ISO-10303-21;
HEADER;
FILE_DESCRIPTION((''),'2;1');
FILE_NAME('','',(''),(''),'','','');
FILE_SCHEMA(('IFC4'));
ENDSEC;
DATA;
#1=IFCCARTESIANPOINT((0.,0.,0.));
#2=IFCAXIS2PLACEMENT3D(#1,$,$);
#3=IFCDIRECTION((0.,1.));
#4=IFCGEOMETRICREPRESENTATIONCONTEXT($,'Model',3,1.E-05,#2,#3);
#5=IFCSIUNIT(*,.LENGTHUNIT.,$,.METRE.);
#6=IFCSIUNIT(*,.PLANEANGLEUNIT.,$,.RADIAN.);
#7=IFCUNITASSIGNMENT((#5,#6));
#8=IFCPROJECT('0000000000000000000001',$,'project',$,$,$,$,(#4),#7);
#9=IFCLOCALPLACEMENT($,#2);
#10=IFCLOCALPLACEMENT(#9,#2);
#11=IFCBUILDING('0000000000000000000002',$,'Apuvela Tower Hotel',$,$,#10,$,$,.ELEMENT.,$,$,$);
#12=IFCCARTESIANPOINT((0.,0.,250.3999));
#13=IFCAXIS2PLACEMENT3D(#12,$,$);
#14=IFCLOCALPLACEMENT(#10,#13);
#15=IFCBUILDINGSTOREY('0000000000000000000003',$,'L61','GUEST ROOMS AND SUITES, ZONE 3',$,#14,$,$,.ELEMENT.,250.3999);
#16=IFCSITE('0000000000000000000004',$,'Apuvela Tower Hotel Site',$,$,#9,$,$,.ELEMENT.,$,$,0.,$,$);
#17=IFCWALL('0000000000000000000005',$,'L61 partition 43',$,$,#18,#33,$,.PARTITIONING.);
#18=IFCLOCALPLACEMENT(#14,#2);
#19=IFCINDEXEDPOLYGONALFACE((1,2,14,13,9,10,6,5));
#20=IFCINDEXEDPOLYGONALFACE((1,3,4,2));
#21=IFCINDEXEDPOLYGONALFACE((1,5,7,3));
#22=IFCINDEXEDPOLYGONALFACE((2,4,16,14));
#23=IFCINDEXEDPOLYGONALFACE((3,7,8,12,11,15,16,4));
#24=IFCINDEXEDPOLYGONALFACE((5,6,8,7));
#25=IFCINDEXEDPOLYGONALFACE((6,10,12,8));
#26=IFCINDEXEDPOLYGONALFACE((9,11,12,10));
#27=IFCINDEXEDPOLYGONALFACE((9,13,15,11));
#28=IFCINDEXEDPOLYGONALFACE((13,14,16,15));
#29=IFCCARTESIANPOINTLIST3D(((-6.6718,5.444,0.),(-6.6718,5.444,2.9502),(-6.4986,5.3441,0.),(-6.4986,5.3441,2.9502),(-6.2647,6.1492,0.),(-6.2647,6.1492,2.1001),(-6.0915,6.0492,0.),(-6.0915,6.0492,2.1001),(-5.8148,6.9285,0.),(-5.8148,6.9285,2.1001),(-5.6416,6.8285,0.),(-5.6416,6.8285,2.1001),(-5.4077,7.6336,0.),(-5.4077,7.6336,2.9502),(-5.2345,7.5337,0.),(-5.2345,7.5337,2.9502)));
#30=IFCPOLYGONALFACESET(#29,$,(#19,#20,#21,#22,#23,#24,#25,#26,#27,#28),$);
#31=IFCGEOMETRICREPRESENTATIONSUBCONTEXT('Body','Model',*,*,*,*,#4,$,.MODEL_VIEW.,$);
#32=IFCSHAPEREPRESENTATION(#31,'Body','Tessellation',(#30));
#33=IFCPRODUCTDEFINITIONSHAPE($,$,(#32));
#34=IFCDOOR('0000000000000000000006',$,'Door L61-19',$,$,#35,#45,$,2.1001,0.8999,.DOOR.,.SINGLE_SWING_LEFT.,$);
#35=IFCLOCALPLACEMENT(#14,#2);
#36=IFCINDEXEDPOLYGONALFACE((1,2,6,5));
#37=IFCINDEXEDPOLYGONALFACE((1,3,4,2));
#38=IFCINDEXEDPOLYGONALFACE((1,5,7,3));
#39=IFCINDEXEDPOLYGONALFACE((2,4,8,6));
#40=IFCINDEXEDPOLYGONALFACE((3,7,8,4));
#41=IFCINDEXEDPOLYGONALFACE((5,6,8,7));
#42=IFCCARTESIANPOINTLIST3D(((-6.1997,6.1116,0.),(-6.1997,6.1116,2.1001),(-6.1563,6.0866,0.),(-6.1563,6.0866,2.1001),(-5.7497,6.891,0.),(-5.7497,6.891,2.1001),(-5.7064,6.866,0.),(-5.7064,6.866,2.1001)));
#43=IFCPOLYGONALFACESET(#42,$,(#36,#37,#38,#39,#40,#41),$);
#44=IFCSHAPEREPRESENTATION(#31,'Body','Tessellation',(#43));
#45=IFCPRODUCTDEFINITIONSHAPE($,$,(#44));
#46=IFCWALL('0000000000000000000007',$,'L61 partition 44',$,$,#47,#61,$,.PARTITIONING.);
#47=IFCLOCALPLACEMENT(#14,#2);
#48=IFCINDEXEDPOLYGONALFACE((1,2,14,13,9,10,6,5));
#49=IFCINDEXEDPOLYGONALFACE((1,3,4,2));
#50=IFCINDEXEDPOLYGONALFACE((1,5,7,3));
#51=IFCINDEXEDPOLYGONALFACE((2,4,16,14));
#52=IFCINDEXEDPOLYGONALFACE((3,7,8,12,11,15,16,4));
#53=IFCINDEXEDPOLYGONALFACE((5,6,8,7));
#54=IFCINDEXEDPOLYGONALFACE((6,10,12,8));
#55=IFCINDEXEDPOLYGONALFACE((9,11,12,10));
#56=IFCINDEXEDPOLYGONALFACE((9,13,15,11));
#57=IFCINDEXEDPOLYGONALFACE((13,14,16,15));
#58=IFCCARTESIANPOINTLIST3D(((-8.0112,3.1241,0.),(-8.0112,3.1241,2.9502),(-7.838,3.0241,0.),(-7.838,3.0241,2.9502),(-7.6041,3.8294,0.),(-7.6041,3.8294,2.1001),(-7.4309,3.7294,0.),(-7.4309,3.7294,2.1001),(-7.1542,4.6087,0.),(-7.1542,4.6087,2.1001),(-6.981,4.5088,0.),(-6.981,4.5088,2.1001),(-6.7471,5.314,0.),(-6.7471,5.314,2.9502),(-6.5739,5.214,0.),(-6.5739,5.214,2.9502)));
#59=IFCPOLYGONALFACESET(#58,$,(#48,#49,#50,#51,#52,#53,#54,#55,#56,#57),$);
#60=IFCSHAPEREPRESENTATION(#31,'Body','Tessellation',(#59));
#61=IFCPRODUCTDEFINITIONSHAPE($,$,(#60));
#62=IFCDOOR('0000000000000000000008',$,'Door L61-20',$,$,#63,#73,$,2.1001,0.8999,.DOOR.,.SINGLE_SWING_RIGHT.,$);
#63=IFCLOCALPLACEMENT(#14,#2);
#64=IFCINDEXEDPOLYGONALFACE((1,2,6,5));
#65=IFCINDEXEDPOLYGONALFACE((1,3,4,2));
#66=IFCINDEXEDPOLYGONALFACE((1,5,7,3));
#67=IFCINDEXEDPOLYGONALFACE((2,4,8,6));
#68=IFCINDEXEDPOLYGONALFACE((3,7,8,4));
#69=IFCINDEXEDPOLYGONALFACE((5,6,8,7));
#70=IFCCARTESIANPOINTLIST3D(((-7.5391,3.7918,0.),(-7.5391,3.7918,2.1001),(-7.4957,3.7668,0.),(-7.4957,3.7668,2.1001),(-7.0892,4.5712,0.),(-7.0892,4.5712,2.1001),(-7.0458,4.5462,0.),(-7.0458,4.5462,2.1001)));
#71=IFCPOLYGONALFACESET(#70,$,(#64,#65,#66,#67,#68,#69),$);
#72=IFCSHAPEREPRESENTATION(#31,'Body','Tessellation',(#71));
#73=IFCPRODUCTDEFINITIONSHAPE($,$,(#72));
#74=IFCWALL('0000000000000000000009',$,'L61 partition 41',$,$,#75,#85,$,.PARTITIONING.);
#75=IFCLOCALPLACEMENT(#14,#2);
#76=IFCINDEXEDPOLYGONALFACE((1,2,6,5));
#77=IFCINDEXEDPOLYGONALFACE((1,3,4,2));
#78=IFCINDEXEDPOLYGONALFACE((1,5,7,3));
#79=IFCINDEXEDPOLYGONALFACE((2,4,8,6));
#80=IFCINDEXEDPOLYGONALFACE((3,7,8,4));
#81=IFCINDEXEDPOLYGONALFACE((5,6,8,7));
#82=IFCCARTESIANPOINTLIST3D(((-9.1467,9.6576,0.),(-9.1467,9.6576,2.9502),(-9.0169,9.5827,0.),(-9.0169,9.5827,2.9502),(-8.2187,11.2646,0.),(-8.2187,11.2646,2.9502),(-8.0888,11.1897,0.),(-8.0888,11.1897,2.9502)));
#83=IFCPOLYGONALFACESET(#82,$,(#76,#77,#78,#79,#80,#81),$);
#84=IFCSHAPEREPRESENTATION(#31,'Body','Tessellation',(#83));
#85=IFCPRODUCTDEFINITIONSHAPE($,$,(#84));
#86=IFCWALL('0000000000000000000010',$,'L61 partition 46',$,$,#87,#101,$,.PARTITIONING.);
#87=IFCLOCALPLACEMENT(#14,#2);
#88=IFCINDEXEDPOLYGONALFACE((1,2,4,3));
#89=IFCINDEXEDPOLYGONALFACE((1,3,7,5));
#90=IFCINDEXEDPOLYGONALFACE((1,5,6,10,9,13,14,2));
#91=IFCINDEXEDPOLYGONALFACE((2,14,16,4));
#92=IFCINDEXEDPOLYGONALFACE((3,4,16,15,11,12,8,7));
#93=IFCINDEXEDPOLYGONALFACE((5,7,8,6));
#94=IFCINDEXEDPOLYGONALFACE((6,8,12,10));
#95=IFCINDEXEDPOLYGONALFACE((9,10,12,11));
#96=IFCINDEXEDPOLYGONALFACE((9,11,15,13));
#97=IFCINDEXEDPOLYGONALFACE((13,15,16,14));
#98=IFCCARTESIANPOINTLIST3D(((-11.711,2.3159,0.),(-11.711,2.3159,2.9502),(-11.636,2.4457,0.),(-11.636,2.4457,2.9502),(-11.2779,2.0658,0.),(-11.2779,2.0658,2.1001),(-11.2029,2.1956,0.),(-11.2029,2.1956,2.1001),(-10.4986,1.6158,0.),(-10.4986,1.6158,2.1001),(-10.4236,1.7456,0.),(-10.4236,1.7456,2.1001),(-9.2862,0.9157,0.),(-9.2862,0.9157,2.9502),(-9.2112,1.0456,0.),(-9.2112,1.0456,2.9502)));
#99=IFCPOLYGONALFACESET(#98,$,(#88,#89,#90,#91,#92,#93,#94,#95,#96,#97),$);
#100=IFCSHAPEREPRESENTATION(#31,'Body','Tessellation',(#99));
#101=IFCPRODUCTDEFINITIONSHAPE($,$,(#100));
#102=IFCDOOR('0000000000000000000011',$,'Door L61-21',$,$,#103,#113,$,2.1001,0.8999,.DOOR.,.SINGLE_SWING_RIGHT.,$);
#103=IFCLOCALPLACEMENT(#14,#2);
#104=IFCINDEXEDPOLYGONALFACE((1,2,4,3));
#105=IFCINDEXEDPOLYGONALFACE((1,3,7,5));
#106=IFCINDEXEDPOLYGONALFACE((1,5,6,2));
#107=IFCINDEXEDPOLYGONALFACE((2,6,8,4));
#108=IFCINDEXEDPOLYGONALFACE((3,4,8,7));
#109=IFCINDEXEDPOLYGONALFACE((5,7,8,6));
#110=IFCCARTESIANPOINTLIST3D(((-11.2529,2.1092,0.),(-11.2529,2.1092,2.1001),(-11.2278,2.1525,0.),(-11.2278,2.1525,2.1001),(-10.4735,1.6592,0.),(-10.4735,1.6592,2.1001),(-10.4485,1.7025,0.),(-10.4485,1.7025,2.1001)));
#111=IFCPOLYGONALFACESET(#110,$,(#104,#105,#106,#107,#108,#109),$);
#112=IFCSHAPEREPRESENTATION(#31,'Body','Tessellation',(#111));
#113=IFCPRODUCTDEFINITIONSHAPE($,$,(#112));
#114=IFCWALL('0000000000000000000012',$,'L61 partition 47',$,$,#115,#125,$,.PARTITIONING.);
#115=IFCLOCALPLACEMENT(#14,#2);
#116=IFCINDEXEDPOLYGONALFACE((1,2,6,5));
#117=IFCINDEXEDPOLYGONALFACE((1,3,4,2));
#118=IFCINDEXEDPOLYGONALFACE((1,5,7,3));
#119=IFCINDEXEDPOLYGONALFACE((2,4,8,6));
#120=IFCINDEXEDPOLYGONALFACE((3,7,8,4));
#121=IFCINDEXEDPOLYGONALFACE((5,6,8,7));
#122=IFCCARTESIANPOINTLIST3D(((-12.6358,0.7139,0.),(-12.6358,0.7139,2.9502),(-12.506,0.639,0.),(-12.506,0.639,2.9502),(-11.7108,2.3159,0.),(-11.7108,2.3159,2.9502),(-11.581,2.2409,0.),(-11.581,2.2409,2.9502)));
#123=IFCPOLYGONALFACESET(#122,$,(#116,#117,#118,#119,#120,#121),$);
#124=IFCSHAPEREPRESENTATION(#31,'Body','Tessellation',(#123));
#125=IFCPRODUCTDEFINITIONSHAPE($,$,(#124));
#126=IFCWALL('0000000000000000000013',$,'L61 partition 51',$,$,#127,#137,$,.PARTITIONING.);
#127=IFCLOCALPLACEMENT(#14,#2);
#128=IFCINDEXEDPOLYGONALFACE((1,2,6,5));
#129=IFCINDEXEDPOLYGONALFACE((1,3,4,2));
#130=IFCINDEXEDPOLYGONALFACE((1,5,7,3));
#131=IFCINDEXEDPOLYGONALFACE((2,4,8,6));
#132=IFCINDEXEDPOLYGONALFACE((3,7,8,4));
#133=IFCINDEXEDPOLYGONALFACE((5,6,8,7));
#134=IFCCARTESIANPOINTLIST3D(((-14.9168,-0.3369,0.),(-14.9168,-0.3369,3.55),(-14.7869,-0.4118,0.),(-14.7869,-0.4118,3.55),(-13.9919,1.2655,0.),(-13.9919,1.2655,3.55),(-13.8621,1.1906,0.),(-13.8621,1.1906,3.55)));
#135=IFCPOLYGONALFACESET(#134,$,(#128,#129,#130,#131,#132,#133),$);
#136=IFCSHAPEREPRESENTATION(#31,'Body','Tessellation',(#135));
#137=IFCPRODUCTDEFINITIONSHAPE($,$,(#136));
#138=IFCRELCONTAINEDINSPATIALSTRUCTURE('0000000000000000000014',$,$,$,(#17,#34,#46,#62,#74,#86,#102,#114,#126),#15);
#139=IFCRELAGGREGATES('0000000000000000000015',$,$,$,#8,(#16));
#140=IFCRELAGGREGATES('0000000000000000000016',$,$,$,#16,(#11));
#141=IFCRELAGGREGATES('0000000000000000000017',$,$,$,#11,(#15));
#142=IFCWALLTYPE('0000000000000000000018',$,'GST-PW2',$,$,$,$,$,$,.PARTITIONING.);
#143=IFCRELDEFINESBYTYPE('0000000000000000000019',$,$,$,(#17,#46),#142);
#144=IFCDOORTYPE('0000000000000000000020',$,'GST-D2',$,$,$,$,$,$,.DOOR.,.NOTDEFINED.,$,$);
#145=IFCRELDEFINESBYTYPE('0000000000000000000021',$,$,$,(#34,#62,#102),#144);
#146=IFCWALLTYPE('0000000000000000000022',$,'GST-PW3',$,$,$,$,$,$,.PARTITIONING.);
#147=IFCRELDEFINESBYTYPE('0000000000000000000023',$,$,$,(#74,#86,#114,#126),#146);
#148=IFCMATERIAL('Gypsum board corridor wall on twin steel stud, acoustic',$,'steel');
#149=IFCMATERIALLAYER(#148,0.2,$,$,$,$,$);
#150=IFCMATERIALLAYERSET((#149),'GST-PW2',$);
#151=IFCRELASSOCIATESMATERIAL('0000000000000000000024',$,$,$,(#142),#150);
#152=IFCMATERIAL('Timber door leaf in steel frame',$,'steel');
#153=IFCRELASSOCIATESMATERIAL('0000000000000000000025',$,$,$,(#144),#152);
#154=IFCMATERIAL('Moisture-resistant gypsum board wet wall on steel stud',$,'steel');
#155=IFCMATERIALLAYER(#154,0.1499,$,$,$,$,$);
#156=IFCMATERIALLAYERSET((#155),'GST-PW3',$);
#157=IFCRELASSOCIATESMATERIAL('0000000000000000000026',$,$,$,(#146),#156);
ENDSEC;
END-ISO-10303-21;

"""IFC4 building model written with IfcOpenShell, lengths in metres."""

from ifc_helpers import new_model, si_unit, direction, frame, frame_2d, origin, place, context, subcontext, project, spatial, rectangle, extrude, material, layer, layer_set, type_object, element, fill, save


model = new_model("IFC4")

# Units and contexts
model_context = context("Model", 3, precision=1e-05, world=origin(), true_north=direction((0.0, 1.0)))
body_context = subcontext(model_context, "Body", "Model", "MODEL_VIEW")
ifc_project = project(units=[si_unit("LENGTHUNIT", "METRE"), si_unit("PLANEANGLEUNIT", "RADIAN")], contexts=[model_context])

# Site, building, storey
site_placement = place(None, origin())
site = spatial("IfcSite", under=ifc_project, at=site_placement, Name="Apuvela Tower Hotel Site", CompositionType="ELEMENT", RefElevation=0.0)
building_placement = place(site_placement, origin())
building = spatial("IfcBuilding", under=site, at=building_placement, Name="Apuvela Tower Hotel", CompositionType="ELEMENT")
storey_placement = place(building_placement, frame((0.0, 0.0, 250.3999)))
storey = spatial("IfcBuildingStorey", under=building, at=storey_placement, Name="L61", Description="GUEST ROOMS AND SUITES, ZONE 3", CompositionType="ELEMENT", Elevation=250.3999)

# Walls, openings, doors
ifc_material_1 = material(Name="Gypsum board corridor wall on twin steel stud, acoustic", Category="steel")
ifc_layer_1 = layer(ifc_material_1, 0.2)
ifc_layer_set_1 = layer_set([ifc_layer_1], Name="GST-PW2")
wall_type_1 = type_object("IfcWallType", Name="GST-PW2", PredefinedType="PARTITIONING", material=ifc_layer_set_1)
ifc_material_2 = material(Name="Timber door leaf in steel frame", Category="steel")
wall_1_placement = place(storey_placement, frame((-6.5852, 5.394, 0.0), z_axis=(0.0, 0.0, 1.0), x_axis=(0.499982, 0.866036, 0.0)))
wall_1 = element("IfcWall", 1, at=wall_1_placement, inside=storey, type_object=wall_type_1, Name="L61 partition 43", PredefinedType="PARTITIONING", context=body_context, shape_type="SweptSolid", body=[
    extrude(rectangle(XDim=2.5283, YDim=0.2, at=frame_2d((1.2642, 0.0))), origin(), (0.0, 0.0, 1.0), 2.9502),
])
opening_1_placement = place(wall_1_placement, frame((0.8142, 0.0, 0.0)))
opening_1 = element("IfcOpeningElement", 2, at=opening_1_placement, cuts=wall_1, PredefinedType="OPENING", context=body_context, shape_type="SweptSolid", body=[
    extrude(rectangle(XDim=0.8999, YDim=2.1001, at=frame_2d((0.45, 1.05))), frame((0.0, 0.1099, 0.0), z_axis=(0.0, -1.0, 0.0), x_axis=(1.0, 0.0, 0.0)), (0.0, 0.0, 1.0), 0.22),
])
door_type_1 = type_object("IfcDoorType", Name="GST-D2", OperationType="NOTDEFINED", PredefinedType="DOOR", material=ifc_material_2)
door_1_placement = place(opening_1_placement, origin())
door_1 = element("IfcDoor", 3, at=door_1_placement, inside=storey, type_object=door_type_1, Name="Door L61-19", OperationType="SINGLE_SWING_LEFT", OverallHeight=2.1001, OverallWidth=0.8999, PredefinedType="DOOR", context=body_context, shape_type="SweptSolid", body=[
    extrude(rectangle(XDim=0.8999, YDim=2.1001, at=frame_2d((0.45, 1.05))), frame((0.0, 0.0249, 0.0), z_axis=(0.0, -1.0, 0.0), x_axis=(1.0, 0.0, 0.0)), (0.0, 0.0, 1.0), 0.05),
])
fill(opening_1, door_1)
wall_2_placement = place(storey_placement, frame((-7.9246, 3.0742, 0.0), z_axis=(0.0, 0.0, 1.0), x_axis=(0.49994, 0.86606, 0.0)))
wall_2 = element("IfcWall", 4, at=wall_2_placement, inside=storey, type_object=wall_type_1, Name="L61 partition 44", PredefinedType="PARTITIONING", context=body_context, shape_type="SweptSolid", body=[
    extrude(rectangle(XDim=2.5286, YDim=0.2, at=frame_2d((1.2642, 0.0))), origin(), (0.0, 0.0, 1.0), 2.9502),
])
opening_2_placement = place(wall_2_placement, frame((0.8142, 0.0, 0.0)))
opening_2 = element("IfcOpeningElement", 5, at=opening_2_placement, cuts=wall_2, PredefinedType="OPENING", context=body_context, shape_type="SweptSolid", body=[
    extrude(rectangle(XDim=0.8999, YDim=2.1001, at=frame_2d((0.45, 1.05))), frame((0.0, 0.1099, 0.0), z_axis=(0.0, -1.0, 0.0), x_axis=(1.0, 0.0, 0.0)), (0.0, 0.0, 1.0), 0.22),
])
door_2_placement = place(opening_2_placement, origin())
door_2 = element("IfcDoor", 6, at=door_2_placement, inside=storey, type_object=door_type_1, Name="Door L61-20", OperationType="SINGLE_SWING_RIGHT", OverallHeight=2.1001, OverallWidth=0.8999, PredefinedType="DOOR", context=body_context, shape_type="SweptSolid", body=[
    extrude(rectangle(XDim=0.8999, YDim=2.1001, at=frame_2d((0.45, 1.05))), frame((0.0, 0.0249, 0.0), z_axis=(0.0, -1.0, 0.0), x_axis=(1.0, 0.0, 0.0)), (0.0, 0.0, 1.0), 0.05),
])
fill(opening_2, door_2)

# Wall
ifc_material_3 = material(Name="Moisture-resistant gypsum board wet wall on steel stud", Category="steel")
ifc_layer_2 = layer(ifc_material_3, 0.1499)
ifc_layer_set_2 = layer_set([ifc_layer_2], Name="GST-PW3")
wall_type_2 = type_object("IfcWallType", Name="GST-PW3", PredefinedType="PARTITIONING", material=ifc_layer_set_2)
wall_3_placement = place(storey_placement, frame((-8.1538, 11.2271, 0.0), z_axis=(0.0, 0.0, 1.0), x_axis=(-0.500087, -0.865975, 0.0)))
element("IfcWall", 7, at=wall_3_placement, inside=storey, type_object=wall_type_2, Name="L61 partition 41", PredefinedType="PARTITIONING", context=body_context, shape_type="SweptSolid", body=[
    extrude(rectangle(XDim=1.8557, YDim=0.1499, at=frame_2d((0.9277, 0.0))), origin(), (0.0, 0.0, 1.0), 2.9502),
])

# Wall, opening, door
wall_4_placement = place(storey_placement, frame((-9.2488, 0.9807, 0.0), z_axis=(0.0, 0.0, 1.0), x_axis=(-0.865997, 0.50005, 0.0)))
wall_4 = element("IfcWall", 8, at=wall_4_placement, inside=storey, type_object=wall_type_2, Name="L61 partition 46", PredefinedType="PARTITIONING", context=body_context, shape_type="SweptSolid", body=[
    extrude(rectangle(XDim=2.8, YDim=0.1499, at=frame_2d((1.3999, 0.0))), origin(), (0.0, 0.0, 1.0), 2.9502),
])
opening_3_placement = place(wall_4_placement, frame((1.3999, 0.0, 0.0)))
opening_3 = element("IfcOpeningElement", 9, at=opening_3_placement, cuts=wall_4, PredefinedType="OPENING", context=body_context, shape_type="SweptSolid", body=[
    extrude(rectangle(XDim=0.8999, YDim=2.1001, at=frame_2d((0.45, 1.05))), frame((0.0, 0.085, 0.0), z_axis=(0.0, -1.0, 0.0), x_axis=(1.0, 0.0, 0.0)), (0.0, 0.0, 1.0), 0.1699),
])
door_3_placement = place(opening_3_placement, origin())
door_3 = element("IfcDoor", 10, at=door_3_placement, inside=storey, type_object=door_type_1, Name="Door L61-21", OperationType="SINGLE_SWING_RIGHT", OverallHeight=2.1001, OverallWidth=0.8999, PredefinedType="DOOR", context=body_context, shape_type="SweptSolid", body=[
    extrude(rectangle(XDim=0.8999, YDim=2.1001, at=frame_2d((0.45, 1.05))), frame((0.0, 0.0249, 0.0), z_axis=(0.0, -1.0, 0.0), x_axis=(1.0, 0.0, 0.0)), (0.0, 0.0, 1.0), 0.05),
])
fill(opening_3, door_3)

# Walls
wall_5_placement = place(storey_placement, frame((-11.646, 2.2783, 0.0), z_axis=(0.0, 0.0, 1.0), x_axis=(-0.500042, -0.866001, 0.0)))
element("IfcWall", 11, at=wall_5_placement, inside=storey, type_object=wall_type_2, Name="L61 partition 47", PredefinedType="PARTITIONING", context=body_context, shape_type="SweptSolid", body=[
    extrude(rectangle(XDim=1.8499, YDim=0.1499, at=frame_2d((0.9248, 0.0))), origin(), (0.0, 0.0, 1.0), 2.9502),
])
wall_6_placement = place(storey_placement, frame((-13.927, 1.228, 0.0), z_axis=(0.0, 0.0, 1.0), x_axis=(-0.499886, -0.866091, 0.0)))
element("IfcWall", 12, at=wall_6_placement, inside=storey, type_object=wall_type_2, Name="L61 partition 51", PredefinedType="PARTITIONING", context=body_context, shape_type="SweptSolid", body=[
    extrude(rectangle(XDim=1.8501, YDim=0.1499, at=frame_2d((0.925, 0.0))), origin(), (0.0, 0.0, 1.0), 3.55),
])

save(model, "model.ifc")
